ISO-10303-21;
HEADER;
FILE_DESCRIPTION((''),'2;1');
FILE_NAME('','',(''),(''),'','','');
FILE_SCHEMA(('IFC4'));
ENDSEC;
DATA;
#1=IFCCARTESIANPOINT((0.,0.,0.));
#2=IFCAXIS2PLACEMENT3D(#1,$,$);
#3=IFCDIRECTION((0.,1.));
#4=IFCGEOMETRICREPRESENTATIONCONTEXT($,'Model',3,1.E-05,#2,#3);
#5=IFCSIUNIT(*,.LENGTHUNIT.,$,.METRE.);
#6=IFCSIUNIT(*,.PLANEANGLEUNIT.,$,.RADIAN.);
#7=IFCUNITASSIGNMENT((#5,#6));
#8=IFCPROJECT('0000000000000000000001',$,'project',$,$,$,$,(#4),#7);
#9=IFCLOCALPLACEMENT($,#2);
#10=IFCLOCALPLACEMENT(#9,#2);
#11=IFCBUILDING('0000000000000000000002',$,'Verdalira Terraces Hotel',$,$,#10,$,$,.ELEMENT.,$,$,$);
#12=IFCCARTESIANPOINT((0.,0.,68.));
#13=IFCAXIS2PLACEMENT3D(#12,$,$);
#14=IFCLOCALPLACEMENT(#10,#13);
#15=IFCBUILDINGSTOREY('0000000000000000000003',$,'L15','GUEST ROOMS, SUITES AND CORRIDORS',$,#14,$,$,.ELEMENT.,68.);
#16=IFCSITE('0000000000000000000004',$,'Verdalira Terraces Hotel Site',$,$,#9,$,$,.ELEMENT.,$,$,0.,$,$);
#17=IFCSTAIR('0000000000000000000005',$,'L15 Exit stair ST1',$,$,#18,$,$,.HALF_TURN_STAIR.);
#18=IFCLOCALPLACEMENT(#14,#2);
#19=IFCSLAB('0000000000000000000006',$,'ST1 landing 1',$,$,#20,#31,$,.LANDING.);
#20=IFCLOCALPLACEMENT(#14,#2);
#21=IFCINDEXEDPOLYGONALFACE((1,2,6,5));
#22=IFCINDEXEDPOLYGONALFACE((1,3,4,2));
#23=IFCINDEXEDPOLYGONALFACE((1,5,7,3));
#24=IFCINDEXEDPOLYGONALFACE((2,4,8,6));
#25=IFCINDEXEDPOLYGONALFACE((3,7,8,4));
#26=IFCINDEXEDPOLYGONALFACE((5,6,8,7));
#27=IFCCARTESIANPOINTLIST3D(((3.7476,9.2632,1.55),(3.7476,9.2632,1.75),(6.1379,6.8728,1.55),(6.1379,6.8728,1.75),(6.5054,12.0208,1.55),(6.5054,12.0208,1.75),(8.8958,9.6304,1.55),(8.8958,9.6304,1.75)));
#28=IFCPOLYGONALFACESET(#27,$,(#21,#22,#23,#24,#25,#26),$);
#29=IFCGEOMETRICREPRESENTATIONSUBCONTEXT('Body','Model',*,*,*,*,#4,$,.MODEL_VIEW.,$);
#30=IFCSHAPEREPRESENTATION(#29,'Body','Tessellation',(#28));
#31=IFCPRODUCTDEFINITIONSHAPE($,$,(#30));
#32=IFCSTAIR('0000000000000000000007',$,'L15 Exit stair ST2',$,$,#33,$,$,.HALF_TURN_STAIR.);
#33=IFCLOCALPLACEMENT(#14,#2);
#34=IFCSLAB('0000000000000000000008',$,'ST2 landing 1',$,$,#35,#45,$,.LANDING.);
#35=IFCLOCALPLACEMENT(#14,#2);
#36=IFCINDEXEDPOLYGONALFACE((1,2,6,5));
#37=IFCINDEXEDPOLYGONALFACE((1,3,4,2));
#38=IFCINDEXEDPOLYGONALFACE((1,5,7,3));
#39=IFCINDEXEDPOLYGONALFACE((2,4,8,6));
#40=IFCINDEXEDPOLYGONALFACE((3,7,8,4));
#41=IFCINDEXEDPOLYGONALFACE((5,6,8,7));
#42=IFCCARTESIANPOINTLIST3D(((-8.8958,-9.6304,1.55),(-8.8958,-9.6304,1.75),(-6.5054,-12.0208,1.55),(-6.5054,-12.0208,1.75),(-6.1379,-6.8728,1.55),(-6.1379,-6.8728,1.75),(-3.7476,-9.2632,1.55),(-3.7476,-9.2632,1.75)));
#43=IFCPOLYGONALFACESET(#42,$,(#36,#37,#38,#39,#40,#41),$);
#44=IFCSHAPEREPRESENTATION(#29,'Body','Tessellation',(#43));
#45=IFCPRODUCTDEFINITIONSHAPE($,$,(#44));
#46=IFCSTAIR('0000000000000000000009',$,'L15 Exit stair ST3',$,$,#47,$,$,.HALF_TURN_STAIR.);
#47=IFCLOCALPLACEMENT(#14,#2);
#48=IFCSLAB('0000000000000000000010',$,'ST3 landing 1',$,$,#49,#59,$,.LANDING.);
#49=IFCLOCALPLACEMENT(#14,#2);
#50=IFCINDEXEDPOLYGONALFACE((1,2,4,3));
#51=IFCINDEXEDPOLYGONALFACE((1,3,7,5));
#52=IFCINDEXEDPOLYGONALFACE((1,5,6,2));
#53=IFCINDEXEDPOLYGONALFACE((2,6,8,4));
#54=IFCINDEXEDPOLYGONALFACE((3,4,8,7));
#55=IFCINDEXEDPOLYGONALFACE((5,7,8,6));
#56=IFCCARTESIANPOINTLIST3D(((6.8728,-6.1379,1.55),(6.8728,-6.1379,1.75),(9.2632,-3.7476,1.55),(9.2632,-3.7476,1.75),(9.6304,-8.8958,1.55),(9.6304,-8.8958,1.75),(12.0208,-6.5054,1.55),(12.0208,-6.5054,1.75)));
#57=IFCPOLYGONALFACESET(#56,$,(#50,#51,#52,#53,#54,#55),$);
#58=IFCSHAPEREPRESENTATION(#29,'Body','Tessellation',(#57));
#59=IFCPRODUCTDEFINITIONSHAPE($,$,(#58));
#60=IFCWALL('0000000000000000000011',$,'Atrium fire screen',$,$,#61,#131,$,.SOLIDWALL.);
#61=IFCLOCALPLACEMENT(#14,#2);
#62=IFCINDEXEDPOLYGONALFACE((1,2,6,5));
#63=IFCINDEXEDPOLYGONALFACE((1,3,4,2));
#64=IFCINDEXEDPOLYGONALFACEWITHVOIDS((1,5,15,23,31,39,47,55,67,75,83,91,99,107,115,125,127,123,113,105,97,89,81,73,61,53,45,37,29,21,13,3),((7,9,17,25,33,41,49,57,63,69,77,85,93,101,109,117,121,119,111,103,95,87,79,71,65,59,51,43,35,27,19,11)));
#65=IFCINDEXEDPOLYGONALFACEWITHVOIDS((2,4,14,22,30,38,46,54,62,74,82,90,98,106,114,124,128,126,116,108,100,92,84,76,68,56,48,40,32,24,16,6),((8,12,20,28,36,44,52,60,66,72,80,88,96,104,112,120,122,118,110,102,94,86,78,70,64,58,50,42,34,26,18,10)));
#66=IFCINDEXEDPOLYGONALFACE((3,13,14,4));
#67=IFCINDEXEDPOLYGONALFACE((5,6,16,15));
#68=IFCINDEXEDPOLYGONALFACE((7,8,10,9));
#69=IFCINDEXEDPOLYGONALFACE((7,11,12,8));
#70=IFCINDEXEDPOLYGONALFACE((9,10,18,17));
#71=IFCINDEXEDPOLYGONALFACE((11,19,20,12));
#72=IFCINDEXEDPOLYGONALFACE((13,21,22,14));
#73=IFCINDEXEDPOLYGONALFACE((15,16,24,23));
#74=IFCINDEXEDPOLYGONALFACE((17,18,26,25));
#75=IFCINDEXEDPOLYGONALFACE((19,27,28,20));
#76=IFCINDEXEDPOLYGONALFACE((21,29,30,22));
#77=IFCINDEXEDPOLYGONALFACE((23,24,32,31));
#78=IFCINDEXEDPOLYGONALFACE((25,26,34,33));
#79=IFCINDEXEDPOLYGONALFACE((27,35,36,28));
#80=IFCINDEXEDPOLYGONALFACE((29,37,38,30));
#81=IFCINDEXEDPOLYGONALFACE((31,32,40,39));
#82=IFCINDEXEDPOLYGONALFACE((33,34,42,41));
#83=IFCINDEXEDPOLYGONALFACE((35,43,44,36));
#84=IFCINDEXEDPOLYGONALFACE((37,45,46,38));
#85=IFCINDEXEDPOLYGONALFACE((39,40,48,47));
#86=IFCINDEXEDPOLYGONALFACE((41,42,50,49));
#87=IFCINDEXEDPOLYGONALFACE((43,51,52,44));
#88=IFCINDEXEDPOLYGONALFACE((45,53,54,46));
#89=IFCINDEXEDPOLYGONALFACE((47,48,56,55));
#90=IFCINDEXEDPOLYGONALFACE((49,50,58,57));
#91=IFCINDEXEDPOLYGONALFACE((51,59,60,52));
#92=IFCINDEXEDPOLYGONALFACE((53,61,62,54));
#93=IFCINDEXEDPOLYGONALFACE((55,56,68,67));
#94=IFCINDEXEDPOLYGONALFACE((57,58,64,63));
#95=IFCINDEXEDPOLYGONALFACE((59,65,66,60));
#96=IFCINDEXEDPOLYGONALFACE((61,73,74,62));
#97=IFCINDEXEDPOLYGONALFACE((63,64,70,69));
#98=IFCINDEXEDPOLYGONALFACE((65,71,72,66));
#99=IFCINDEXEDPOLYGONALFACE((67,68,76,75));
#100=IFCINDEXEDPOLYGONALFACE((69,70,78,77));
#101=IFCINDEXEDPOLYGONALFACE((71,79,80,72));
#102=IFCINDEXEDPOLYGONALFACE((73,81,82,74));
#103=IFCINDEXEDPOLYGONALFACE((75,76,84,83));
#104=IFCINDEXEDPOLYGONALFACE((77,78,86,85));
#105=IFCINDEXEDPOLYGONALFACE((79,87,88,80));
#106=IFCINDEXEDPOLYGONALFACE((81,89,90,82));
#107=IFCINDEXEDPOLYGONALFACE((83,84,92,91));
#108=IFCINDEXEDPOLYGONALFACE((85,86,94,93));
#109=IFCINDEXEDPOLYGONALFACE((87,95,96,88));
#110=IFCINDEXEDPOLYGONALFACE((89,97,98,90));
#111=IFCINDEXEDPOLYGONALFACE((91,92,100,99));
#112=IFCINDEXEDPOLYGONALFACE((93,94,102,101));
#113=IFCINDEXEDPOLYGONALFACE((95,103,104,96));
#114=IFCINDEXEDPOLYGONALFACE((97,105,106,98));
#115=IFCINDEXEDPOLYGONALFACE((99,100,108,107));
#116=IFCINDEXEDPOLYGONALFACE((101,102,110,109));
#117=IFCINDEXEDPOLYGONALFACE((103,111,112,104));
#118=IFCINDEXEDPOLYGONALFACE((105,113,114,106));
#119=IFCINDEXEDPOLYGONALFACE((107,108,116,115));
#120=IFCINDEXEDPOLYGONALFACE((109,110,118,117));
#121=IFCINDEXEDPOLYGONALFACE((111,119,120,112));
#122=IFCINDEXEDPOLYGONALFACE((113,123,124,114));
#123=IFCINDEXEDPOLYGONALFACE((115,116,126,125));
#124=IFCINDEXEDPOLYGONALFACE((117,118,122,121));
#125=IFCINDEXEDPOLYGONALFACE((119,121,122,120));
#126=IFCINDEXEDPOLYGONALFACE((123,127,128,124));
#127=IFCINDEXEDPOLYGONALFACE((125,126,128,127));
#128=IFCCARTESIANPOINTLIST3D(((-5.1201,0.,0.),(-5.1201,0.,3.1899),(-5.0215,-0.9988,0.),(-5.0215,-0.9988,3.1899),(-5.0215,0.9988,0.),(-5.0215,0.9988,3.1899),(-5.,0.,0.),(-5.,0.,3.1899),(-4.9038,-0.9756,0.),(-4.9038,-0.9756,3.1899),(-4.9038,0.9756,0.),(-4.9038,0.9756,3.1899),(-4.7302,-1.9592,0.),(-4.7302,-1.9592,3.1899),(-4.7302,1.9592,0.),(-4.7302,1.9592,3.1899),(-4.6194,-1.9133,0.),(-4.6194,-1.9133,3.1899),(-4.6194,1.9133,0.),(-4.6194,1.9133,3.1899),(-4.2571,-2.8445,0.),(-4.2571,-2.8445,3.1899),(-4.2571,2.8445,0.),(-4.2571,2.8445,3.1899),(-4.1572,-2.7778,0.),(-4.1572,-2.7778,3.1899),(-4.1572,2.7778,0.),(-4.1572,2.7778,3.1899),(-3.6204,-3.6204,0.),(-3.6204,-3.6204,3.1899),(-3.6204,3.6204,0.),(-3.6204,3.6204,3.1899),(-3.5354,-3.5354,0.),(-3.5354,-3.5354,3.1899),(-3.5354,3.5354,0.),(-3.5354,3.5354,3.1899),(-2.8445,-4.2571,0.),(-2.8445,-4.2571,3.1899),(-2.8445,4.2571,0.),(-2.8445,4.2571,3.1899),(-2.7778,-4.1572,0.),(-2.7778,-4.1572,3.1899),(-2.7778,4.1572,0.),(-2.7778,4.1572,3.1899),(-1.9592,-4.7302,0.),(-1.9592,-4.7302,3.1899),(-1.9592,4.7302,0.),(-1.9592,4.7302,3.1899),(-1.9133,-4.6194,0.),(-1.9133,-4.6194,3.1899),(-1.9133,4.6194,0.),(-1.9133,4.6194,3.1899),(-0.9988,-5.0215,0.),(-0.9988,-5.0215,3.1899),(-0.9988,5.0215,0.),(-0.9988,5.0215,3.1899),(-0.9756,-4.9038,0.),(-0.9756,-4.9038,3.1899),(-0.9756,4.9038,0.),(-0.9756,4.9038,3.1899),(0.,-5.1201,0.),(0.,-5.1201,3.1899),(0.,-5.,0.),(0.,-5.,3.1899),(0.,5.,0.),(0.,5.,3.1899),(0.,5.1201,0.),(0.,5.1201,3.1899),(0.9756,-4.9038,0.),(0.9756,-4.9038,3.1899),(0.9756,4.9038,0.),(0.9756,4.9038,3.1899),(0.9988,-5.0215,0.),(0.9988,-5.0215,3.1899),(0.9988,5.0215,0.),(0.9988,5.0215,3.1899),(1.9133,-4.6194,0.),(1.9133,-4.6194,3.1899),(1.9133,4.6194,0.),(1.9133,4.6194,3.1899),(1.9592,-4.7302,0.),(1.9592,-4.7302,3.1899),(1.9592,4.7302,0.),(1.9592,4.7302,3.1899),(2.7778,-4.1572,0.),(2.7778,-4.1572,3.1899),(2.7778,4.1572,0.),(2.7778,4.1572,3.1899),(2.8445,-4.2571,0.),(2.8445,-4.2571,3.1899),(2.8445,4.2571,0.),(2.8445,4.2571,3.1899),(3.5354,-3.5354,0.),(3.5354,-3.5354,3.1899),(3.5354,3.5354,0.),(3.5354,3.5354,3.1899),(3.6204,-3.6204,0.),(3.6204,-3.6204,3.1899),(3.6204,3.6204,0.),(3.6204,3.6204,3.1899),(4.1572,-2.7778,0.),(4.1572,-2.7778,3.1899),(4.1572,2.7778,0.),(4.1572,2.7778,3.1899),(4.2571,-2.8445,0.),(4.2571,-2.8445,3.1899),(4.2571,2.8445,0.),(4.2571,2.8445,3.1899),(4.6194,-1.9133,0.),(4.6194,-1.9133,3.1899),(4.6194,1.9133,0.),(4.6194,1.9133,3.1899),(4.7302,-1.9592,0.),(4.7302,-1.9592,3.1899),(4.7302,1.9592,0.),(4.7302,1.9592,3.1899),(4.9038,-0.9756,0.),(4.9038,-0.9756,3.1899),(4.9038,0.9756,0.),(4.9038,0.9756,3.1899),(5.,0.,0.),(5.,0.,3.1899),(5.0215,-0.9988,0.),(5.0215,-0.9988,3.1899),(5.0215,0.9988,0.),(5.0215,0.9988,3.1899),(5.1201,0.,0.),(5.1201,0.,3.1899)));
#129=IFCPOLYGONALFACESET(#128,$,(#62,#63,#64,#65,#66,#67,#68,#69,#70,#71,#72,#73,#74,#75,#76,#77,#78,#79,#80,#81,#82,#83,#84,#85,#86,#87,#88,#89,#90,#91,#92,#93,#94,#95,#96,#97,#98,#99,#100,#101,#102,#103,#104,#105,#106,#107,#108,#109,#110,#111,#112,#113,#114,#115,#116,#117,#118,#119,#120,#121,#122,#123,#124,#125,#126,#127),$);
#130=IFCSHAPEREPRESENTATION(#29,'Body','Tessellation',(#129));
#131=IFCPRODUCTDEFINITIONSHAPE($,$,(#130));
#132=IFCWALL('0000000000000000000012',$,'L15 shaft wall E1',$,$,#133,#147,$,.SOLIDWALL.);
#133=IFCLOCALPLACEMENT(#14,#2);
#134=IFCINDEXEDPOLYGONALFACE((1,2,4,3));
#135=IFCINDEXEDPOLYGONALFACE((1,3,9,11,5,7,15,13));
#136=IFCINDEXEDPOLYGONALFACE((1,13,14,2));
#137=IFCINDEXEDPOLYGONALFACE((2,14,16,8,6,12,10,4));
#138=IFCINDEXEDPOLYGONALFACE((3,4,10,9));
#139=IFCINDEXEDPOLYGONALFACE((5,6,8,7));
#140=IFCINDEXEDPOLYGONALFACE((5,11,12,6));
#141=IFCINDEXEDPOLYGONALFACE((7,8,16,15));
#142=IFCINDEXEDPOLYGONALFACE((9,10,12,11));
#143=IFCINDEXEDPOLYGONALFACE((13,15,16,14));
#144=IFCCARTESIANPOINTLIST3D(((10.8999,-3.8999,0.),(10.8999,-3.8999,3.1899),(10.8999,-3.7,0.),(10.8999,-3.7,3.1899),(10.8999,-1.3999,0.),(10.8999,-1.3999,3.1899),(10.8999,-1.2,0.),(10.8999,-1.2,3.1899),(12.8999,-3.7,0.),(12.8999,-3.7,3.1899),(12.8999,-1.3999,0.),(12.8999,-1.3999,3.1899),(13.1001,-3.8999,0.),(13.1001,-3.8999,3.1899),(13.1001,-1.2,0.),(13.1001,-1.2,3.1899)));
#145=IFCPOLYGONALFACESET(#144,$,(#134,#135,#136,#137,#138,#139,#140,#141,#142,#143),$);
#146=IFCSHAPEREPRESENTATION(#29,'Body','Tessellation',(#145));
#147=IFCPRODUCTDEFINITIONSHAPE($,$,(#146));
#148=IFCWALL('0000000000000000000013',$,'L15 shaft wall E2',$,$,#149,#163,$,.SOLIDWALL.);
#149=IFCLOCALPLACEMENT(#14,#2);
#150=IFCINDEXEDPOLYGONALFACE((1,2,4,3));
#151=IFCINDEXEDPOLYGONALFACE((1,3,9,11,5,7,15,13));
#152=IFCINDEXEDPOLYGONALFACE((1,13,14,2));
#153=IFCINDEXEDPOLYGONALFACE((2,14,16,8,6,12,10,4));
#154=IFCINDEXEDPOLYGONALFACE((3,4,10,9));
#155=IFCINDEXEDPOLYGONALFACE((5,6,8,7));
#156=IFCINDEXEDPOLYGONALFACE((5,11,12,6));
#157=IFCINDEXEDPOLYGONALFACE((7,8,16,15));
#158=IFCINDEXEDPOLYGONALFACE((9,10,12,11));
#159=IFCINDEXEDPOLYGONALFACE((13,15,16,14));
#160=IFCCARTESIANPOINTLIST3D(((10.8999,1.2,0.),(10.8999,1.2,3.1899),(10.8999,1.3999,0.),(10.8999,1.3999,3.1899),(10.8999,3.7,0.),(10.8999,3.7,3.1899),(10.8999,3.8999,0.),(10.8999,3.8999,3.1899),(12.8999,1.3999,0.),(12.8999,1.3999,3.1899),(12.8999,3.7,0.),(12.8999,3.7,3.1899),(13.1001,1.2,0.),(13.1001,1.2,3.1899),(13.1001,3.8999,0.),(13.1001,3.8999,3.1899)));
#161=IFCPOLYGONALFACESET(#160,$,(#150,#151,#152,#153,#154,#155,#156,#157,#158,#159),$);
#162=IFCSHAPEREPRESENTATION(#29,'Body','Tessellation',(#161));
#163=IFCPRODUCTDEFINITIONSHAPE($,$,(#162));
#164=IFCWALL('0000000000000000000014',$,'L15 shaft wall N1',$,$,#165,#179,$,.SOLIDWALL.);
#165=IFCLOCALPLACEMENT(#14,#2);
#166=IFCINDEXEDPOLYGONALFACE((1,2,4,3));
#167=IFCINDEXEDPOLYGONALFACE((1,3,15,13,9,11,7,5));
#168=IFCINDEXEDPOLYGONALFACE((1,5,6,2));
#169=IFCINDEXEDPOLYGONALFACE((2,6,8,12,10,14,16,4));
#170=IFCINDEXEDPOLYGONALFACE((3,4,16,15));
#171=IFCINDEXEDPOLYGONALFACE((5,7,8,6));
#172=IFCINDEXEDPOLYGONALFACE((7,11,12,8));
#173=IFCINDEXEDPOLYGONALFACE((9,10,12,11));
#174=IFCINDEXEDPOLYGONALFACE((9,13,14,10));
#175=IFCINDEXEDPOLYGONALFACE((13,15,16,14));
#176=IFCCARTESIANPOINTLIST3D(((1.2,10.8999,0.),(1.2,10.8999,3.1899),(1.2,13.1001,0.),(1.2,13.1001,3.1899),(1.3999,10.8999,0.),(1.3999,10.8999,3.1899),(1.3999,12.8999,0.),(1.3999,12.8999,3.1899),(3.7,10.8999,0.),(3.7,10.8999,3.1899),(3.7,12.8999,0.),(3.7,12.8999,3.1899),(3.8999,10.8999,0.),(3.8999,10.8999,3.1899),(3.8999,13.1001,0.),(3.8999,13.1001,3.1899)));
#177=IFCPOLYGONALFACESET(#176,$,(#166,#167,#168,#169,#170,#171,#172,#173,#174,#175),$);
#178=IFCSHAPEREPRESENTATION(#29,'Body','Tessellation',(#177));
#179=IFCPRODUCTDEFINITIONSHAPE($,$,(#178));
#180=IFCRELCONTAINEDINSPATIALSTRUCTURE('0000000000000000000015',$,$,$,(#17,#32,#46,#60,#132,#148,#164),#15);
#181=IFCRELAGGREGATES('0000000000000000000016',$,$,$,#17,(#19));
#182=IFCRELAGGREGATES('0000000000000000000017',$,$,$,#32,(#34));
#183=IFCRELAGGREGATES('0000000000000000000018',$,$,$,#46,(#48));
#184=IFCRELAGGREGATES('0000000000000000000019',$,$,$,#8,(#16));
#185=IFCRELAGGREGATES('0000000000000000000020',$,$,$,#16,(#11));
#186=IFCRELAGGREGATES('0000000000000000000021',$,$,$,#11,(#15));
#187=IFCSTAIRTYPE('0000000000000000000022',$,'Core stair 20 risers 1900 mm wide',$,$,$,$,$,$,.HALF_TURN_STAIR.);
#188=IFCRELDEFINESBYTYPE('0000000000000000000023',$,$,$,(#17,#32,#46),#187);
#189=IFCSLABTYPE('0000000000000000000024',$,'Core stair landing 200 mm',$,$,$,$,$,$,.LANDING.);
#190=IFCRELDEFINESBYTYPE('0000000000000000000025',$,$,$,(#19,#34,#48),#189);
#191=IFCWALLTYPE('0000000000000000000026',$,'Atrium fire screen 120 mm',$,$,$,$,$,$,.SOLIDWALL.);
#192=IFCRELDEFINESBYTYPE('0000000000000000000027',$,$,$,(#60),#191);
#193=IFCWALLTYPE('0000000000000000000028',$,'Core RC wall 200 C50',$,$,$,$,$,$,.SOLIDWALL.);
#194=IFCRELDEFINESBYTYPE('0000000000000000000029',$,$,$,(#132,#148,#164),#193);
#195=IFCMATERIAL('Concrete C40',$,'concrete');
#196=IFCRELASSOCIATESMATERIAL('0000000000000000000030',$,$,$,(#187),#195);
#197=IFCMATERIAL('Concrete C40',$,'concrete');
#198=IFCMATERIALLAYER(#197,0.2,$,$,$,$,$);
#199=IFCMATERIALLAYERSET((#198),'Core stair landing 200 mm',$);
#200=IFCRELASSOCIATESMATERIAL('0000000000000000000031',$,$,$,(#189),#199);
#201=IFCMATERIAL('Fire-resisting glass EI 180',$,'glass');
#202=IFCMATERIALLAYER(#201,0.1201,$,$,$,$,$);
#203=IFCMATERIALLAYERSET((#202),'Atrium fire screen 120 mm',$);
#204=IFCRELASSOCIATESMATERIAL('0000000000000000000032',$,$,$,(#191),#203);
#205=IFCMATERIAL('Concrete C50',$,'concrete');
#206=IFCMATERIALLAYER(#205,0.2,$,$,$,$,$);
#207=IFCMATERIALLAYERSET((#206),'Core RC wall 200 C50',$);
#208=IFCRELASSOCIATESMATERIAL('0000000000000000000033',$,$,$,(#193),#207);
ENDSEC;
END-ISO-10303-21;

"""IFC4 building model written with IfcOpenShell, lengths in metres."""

from ifc_helpers import new_model, si_unit, direction, frame, origin, place, context, subcontext, project, spatial, polyline, outline, extrude, material, layer, layer_set, type_object, element, aggregate, save


model = new_model("IFC4")

# Units and contexts
model_context = context("Model", 3, precision=1e-05, world=origin(), true_north=direction((0.0, 1.0)))
body_context = subcontext(model_context, "Body", "Model", "MODEL_VIEW")
ifc_project = project(units=[si_unit("LENGTHUNIT", "METRE"), si_unit("PLANEANGLEUNIT", "RADIAN")], contexts=[model_context])

# Site, building, storey
site_placement = place(None, origin())
site = spatial("IfcSite", under=ifc_project, at=site_placement, Name="Verdalira Terraces Hotel Site", CompositionType="ELEMENT", RefElevation=0.0)
building_placement = place(site_placement, origin())
building = spatial("IfcBuilding", under=site, at=building_placement, Name="Verdalira Terraces Hotel", CompositionType="ELEMENT")
storey_placement = place(building_placement, frame((0.0, 0.0, 68.0)))
storey = spatial("IfcBuildingStorey", under=building, at=storey_placement, Name="L15", Description="GUEST ROOMS, SUITES AND CORRIDORS", CompositionType="ELEMENT", Elevation=68.0)

# Stairs, slabs
ifc_material_1 = material(Name="Concrete C40", Category="concrete")
stair_type = type_object("IfcStairType", Name="Core stair 20 risers 1900 mm wide", PredefinedType="HALF_TURN_STAIR", material=ifc_material_1)
stair_1_placement = place(storey_placement, origin())
stair_1 = element("IfcStair", 1, at=stair_1_placement, inside=storey, type_object=stair_type, Name="L15 Exit stair ST1", PredefinedType="HALF_TURN_STAIR")
ifc_material_2 = material(Name="Concrete C40", Category="concrete")
ifc_layer_1 = layer(ifc_material_2, 0.2)
ifc_layer_set_1 = layer_set([ifc_layer_1], Name="Core stair landing 200 mm")
slab_type_1 = type_object("IfcSlabType", Name="Core stair landing 200 mm", PredefinedType="LANDING", material=ifc_layer_set_1)
slab_1_placement = place(storey_placement, frame((0.0, 0.0, 1.55)))
slab_1 = element("IfcSlab", 2, at=slab_1_placement, type_object=slab_type_1, Name="ST1 landing 1", PredefinedType="LANDING", context=body_context, shape_type="SweptSolid", body=[
    extrude(outline(polyline([(8.8958, 9.6304), (6.5054, 12.0208), (3.7476, 9.2632), (6.1379, 6.8728), (8.8958, 9.6304)])), origin(), (0.0, 0.0, 1.0), 0.2),
])
aggregate(stair_1, [slab_1])
stair_2_placement = place(storey_placement, origin())
stair_2 = element("IfcStair", 3, at=stair_2_placement, inside=storey, type_object=stair_type, Name="L15 Exit stair ST2", PredefinedType="HALF_TURN_STAIR")
slab_2_placement = place(storey_placement, frame((0.0, 0.0, 1.55)))
slab_2 = element("IfcSlab", 4, at=slab_2_placement, type_object=slab_type_1, Name="ST2 landing 1", PredefinedType="LANDING", context=body_context, shape_type="SweptSolid", body=[
    extrude(outline(polyline([(-8.8958, -9.6304), (-6.5054, -12.0208), (-3.7476, -9.2632), (-6.1379, -6.8728), (-8.8958, -9.6304)])), origin(), (0.0, 0.0, 1.0), 0.2),
])
aggregate(stair_2, [slab_2])
stair_3_placement = place(storey_placement, origin())
stair_3 = element("IfcStair", 5, at=stair_3_placement, inside=storey, type_object=stair_type, Name="L15 Exit stair ST3", PredefinedType="HALF_TURN_STAIR")
slab_3_placement = place(storey_placement, frame((0.0, 0.0, 1.55)))
slab_3 = element("IfcSlab", 6, at=slab_3_placement, type_object=slab_type_1, Name="ST3 landing 1", PredefinedType="LANDING", context=body_context, shape_type="SweptSolid", body=[
    extrude(outline(polyline([(9.6304, -8.8958), (12.0208, -6.5054), (9.2632, -3.7476), (6.8728, -6.1379), (9.6304, -8.8958)])), origin(), (0.0, 0.0, 1.0), 0.2),
])
aggregate(stair_3, [slab_3])

# Walls
ifc_material_3 = material(Name="Fire-resisting glass EI 180", Category="glass")
ifc_layer_2 = layer(ifc_material_3, 0.1201)
ifc_layer_set_2 = layer_set([ifc_layer_2], Name="Atrium fire screen 120 mm")
wall_type_1 = type_object("IfcWallType", Name="Atrium fire screen 120 mm", PredefinedType="SOLIDWALL", material=ifc_layer_set_2)
wall_1_placement = place(storey_placement, origin())
element("IfcWall", 7, at=wall_1_placement, inside=storey, type_object=wall_type_1, Name="Atrium fire screen", PredefinedType="SOLIDWALL", context=body_context, shape_type="SweptSolid", body=[
    extrude(outline(polyline([(5.0215, -0.9988), (4.7302, -1.9592), (4.2571, -2.8445), (3.6204, -3.6204), (2.8445, -4.2571), (1.9592, -4.7302), (0.9988, -5.0215), (0.0, -5.1201), (-0.9988, -5.0215), (-1.9592, -4.7302), (-2.8445, -4.2571), (-3.6204, -3.6204), (-4.2571, -2.8445), (-4.7302, -1.9592), (-5.0215, -0.9988), (-5.1201, 0.0), (-5.0215, 0.9988), (-4.7302, 1.9592), (-4.2571, 2.8445), (-3.6204, 3.6204), (-2.8445, 4.2571), (-1.9592, 4.7302), (-0.9988, 5.0215), (0.0, 5.1201), (0.9988, 5.0215), (1.9592, 4.7302), (2.8445, 4.2571), (3.6204, 3.6204), (4.2571, 2.8445), (4.7302, 1.9592), (5.0215, 0.9988), (5.1201, 0.0), (5.0215, -0.9988)]), holes=[polyline([(4.9038, 0.9756), (4.6194, 1.9133), (4.1572, 2.7778), (3.5354, 3.5354), (2.7778, 4.1572), (1.9133, 4.6194), (0.9756, 4.9038), (0.0, 5.0), (-0.9756, 4.9038), (-1.9133, 4.6194), (-2.7778, 4.1572), (-3.5354, 3.5354), (-4.1572, 2.7778), (-4.6194, 1.9133), (-4.9038, 0.9756), (-5.0, 0.0), (-4.9038, -0.9756), (-4.6194, -1.9133), (-4.1572, -2.7778), (-3.5354, -3.5354), (-2.7778, -4.1572), (-1.9133, -4.6194), (-0.9756, -4.9038), (0.0, -5.0), (0.9756, -4.9038), (1.9133, -4.6194), (2.7778, -4.1572), (3.5354, -3.5354), (4.1572, -2.7778), (4.6194, -1.9133), (4.9038, -0.9756), (5.0, 0.0), (4.9038, 0.9756)])]), origin(), (0.0, 0.0, 1.0), 3.1899),
])
ifc_material_4 = material(Name="Concrete C50", Category="concrete")
ifc_layer_3 = layer(ifc_material_4, 0.2)
ifc_layer_set_3 = layer_set([ifc_layer_3], Name="Core RC wall 200 C50")
wall_type_2 = type_object("IfcWallType", Name="Core RC wall 200 C50", PredefinedType="SOLIDWALL", material=ifc_layer_set_3)
wall_2_placement = place(storey_placement, origin())
element("IfcWall", 8, at=wall_2_placement, inside=storey, type_object=wall_type_2, Name="L15 shaft wall E1", PredefinedType="SOLIDWALL", context=body_context, shape_type="SweptSolid", body=[
    extrude(outline(polyline([(13.1001, -3.8999), (10.8999, -3.8999), (10.8999, -3.7), (12.8999, -3.7), (12.8999, -1.3999), (10.8999, -1.3999), (10.8999, -1.2), (13.1001, -1.2), (13.1001, -3.8999)])), origin(), (0.0, 0.0, 1.0), 3.1899),
])
wall_3_placement = place(storey_placement, origin())
element("IfcWall", 9, at=wall_3_placement, inside=storey, type_object=wall_type_2, Name="L15 shaft wall E2", PredefinedType="SOLIDWALL", context=body_context, shape_type="SweptSolid", body=[
    extrude(outline(polyline([(13.1001, 3.8999), (13.1001, 1.2), (10.8999, 1.2), (10.8999, 1.3999), (12.8999, 1.3999), (12.8999, 3.7), (10.8999, 3.7), (10.8999, 3.8999), (13.1001, 3.8999)])), origin(), (0.0, 0.0, 1.0), 3.1899),
])
wall_4_placement = place(storey_placement, origin())
element("IfcWall", 10, at=wall_4_placement, inside=storey, type_object=wall_type_2, Name="L15 shaft wall N1", PredefinedType="SOLIDWALL", context=body_context, shape_type="SweptSolid", body=[
    extrude(outline(polyline([(3.8999, 13.1001), (3.8999, 10.8999), (3.7, 10.8999), (3.7, 12.8999), (1.3999, 12.8999), (1.3999, 10.8999), (1.2, 10.8999), (1.2, 13.1001), (3.8999, 13.1001)])), origin(), (0.0, 0.0, 1.0), 3.1899),
])

save(model, "model.ifc")
